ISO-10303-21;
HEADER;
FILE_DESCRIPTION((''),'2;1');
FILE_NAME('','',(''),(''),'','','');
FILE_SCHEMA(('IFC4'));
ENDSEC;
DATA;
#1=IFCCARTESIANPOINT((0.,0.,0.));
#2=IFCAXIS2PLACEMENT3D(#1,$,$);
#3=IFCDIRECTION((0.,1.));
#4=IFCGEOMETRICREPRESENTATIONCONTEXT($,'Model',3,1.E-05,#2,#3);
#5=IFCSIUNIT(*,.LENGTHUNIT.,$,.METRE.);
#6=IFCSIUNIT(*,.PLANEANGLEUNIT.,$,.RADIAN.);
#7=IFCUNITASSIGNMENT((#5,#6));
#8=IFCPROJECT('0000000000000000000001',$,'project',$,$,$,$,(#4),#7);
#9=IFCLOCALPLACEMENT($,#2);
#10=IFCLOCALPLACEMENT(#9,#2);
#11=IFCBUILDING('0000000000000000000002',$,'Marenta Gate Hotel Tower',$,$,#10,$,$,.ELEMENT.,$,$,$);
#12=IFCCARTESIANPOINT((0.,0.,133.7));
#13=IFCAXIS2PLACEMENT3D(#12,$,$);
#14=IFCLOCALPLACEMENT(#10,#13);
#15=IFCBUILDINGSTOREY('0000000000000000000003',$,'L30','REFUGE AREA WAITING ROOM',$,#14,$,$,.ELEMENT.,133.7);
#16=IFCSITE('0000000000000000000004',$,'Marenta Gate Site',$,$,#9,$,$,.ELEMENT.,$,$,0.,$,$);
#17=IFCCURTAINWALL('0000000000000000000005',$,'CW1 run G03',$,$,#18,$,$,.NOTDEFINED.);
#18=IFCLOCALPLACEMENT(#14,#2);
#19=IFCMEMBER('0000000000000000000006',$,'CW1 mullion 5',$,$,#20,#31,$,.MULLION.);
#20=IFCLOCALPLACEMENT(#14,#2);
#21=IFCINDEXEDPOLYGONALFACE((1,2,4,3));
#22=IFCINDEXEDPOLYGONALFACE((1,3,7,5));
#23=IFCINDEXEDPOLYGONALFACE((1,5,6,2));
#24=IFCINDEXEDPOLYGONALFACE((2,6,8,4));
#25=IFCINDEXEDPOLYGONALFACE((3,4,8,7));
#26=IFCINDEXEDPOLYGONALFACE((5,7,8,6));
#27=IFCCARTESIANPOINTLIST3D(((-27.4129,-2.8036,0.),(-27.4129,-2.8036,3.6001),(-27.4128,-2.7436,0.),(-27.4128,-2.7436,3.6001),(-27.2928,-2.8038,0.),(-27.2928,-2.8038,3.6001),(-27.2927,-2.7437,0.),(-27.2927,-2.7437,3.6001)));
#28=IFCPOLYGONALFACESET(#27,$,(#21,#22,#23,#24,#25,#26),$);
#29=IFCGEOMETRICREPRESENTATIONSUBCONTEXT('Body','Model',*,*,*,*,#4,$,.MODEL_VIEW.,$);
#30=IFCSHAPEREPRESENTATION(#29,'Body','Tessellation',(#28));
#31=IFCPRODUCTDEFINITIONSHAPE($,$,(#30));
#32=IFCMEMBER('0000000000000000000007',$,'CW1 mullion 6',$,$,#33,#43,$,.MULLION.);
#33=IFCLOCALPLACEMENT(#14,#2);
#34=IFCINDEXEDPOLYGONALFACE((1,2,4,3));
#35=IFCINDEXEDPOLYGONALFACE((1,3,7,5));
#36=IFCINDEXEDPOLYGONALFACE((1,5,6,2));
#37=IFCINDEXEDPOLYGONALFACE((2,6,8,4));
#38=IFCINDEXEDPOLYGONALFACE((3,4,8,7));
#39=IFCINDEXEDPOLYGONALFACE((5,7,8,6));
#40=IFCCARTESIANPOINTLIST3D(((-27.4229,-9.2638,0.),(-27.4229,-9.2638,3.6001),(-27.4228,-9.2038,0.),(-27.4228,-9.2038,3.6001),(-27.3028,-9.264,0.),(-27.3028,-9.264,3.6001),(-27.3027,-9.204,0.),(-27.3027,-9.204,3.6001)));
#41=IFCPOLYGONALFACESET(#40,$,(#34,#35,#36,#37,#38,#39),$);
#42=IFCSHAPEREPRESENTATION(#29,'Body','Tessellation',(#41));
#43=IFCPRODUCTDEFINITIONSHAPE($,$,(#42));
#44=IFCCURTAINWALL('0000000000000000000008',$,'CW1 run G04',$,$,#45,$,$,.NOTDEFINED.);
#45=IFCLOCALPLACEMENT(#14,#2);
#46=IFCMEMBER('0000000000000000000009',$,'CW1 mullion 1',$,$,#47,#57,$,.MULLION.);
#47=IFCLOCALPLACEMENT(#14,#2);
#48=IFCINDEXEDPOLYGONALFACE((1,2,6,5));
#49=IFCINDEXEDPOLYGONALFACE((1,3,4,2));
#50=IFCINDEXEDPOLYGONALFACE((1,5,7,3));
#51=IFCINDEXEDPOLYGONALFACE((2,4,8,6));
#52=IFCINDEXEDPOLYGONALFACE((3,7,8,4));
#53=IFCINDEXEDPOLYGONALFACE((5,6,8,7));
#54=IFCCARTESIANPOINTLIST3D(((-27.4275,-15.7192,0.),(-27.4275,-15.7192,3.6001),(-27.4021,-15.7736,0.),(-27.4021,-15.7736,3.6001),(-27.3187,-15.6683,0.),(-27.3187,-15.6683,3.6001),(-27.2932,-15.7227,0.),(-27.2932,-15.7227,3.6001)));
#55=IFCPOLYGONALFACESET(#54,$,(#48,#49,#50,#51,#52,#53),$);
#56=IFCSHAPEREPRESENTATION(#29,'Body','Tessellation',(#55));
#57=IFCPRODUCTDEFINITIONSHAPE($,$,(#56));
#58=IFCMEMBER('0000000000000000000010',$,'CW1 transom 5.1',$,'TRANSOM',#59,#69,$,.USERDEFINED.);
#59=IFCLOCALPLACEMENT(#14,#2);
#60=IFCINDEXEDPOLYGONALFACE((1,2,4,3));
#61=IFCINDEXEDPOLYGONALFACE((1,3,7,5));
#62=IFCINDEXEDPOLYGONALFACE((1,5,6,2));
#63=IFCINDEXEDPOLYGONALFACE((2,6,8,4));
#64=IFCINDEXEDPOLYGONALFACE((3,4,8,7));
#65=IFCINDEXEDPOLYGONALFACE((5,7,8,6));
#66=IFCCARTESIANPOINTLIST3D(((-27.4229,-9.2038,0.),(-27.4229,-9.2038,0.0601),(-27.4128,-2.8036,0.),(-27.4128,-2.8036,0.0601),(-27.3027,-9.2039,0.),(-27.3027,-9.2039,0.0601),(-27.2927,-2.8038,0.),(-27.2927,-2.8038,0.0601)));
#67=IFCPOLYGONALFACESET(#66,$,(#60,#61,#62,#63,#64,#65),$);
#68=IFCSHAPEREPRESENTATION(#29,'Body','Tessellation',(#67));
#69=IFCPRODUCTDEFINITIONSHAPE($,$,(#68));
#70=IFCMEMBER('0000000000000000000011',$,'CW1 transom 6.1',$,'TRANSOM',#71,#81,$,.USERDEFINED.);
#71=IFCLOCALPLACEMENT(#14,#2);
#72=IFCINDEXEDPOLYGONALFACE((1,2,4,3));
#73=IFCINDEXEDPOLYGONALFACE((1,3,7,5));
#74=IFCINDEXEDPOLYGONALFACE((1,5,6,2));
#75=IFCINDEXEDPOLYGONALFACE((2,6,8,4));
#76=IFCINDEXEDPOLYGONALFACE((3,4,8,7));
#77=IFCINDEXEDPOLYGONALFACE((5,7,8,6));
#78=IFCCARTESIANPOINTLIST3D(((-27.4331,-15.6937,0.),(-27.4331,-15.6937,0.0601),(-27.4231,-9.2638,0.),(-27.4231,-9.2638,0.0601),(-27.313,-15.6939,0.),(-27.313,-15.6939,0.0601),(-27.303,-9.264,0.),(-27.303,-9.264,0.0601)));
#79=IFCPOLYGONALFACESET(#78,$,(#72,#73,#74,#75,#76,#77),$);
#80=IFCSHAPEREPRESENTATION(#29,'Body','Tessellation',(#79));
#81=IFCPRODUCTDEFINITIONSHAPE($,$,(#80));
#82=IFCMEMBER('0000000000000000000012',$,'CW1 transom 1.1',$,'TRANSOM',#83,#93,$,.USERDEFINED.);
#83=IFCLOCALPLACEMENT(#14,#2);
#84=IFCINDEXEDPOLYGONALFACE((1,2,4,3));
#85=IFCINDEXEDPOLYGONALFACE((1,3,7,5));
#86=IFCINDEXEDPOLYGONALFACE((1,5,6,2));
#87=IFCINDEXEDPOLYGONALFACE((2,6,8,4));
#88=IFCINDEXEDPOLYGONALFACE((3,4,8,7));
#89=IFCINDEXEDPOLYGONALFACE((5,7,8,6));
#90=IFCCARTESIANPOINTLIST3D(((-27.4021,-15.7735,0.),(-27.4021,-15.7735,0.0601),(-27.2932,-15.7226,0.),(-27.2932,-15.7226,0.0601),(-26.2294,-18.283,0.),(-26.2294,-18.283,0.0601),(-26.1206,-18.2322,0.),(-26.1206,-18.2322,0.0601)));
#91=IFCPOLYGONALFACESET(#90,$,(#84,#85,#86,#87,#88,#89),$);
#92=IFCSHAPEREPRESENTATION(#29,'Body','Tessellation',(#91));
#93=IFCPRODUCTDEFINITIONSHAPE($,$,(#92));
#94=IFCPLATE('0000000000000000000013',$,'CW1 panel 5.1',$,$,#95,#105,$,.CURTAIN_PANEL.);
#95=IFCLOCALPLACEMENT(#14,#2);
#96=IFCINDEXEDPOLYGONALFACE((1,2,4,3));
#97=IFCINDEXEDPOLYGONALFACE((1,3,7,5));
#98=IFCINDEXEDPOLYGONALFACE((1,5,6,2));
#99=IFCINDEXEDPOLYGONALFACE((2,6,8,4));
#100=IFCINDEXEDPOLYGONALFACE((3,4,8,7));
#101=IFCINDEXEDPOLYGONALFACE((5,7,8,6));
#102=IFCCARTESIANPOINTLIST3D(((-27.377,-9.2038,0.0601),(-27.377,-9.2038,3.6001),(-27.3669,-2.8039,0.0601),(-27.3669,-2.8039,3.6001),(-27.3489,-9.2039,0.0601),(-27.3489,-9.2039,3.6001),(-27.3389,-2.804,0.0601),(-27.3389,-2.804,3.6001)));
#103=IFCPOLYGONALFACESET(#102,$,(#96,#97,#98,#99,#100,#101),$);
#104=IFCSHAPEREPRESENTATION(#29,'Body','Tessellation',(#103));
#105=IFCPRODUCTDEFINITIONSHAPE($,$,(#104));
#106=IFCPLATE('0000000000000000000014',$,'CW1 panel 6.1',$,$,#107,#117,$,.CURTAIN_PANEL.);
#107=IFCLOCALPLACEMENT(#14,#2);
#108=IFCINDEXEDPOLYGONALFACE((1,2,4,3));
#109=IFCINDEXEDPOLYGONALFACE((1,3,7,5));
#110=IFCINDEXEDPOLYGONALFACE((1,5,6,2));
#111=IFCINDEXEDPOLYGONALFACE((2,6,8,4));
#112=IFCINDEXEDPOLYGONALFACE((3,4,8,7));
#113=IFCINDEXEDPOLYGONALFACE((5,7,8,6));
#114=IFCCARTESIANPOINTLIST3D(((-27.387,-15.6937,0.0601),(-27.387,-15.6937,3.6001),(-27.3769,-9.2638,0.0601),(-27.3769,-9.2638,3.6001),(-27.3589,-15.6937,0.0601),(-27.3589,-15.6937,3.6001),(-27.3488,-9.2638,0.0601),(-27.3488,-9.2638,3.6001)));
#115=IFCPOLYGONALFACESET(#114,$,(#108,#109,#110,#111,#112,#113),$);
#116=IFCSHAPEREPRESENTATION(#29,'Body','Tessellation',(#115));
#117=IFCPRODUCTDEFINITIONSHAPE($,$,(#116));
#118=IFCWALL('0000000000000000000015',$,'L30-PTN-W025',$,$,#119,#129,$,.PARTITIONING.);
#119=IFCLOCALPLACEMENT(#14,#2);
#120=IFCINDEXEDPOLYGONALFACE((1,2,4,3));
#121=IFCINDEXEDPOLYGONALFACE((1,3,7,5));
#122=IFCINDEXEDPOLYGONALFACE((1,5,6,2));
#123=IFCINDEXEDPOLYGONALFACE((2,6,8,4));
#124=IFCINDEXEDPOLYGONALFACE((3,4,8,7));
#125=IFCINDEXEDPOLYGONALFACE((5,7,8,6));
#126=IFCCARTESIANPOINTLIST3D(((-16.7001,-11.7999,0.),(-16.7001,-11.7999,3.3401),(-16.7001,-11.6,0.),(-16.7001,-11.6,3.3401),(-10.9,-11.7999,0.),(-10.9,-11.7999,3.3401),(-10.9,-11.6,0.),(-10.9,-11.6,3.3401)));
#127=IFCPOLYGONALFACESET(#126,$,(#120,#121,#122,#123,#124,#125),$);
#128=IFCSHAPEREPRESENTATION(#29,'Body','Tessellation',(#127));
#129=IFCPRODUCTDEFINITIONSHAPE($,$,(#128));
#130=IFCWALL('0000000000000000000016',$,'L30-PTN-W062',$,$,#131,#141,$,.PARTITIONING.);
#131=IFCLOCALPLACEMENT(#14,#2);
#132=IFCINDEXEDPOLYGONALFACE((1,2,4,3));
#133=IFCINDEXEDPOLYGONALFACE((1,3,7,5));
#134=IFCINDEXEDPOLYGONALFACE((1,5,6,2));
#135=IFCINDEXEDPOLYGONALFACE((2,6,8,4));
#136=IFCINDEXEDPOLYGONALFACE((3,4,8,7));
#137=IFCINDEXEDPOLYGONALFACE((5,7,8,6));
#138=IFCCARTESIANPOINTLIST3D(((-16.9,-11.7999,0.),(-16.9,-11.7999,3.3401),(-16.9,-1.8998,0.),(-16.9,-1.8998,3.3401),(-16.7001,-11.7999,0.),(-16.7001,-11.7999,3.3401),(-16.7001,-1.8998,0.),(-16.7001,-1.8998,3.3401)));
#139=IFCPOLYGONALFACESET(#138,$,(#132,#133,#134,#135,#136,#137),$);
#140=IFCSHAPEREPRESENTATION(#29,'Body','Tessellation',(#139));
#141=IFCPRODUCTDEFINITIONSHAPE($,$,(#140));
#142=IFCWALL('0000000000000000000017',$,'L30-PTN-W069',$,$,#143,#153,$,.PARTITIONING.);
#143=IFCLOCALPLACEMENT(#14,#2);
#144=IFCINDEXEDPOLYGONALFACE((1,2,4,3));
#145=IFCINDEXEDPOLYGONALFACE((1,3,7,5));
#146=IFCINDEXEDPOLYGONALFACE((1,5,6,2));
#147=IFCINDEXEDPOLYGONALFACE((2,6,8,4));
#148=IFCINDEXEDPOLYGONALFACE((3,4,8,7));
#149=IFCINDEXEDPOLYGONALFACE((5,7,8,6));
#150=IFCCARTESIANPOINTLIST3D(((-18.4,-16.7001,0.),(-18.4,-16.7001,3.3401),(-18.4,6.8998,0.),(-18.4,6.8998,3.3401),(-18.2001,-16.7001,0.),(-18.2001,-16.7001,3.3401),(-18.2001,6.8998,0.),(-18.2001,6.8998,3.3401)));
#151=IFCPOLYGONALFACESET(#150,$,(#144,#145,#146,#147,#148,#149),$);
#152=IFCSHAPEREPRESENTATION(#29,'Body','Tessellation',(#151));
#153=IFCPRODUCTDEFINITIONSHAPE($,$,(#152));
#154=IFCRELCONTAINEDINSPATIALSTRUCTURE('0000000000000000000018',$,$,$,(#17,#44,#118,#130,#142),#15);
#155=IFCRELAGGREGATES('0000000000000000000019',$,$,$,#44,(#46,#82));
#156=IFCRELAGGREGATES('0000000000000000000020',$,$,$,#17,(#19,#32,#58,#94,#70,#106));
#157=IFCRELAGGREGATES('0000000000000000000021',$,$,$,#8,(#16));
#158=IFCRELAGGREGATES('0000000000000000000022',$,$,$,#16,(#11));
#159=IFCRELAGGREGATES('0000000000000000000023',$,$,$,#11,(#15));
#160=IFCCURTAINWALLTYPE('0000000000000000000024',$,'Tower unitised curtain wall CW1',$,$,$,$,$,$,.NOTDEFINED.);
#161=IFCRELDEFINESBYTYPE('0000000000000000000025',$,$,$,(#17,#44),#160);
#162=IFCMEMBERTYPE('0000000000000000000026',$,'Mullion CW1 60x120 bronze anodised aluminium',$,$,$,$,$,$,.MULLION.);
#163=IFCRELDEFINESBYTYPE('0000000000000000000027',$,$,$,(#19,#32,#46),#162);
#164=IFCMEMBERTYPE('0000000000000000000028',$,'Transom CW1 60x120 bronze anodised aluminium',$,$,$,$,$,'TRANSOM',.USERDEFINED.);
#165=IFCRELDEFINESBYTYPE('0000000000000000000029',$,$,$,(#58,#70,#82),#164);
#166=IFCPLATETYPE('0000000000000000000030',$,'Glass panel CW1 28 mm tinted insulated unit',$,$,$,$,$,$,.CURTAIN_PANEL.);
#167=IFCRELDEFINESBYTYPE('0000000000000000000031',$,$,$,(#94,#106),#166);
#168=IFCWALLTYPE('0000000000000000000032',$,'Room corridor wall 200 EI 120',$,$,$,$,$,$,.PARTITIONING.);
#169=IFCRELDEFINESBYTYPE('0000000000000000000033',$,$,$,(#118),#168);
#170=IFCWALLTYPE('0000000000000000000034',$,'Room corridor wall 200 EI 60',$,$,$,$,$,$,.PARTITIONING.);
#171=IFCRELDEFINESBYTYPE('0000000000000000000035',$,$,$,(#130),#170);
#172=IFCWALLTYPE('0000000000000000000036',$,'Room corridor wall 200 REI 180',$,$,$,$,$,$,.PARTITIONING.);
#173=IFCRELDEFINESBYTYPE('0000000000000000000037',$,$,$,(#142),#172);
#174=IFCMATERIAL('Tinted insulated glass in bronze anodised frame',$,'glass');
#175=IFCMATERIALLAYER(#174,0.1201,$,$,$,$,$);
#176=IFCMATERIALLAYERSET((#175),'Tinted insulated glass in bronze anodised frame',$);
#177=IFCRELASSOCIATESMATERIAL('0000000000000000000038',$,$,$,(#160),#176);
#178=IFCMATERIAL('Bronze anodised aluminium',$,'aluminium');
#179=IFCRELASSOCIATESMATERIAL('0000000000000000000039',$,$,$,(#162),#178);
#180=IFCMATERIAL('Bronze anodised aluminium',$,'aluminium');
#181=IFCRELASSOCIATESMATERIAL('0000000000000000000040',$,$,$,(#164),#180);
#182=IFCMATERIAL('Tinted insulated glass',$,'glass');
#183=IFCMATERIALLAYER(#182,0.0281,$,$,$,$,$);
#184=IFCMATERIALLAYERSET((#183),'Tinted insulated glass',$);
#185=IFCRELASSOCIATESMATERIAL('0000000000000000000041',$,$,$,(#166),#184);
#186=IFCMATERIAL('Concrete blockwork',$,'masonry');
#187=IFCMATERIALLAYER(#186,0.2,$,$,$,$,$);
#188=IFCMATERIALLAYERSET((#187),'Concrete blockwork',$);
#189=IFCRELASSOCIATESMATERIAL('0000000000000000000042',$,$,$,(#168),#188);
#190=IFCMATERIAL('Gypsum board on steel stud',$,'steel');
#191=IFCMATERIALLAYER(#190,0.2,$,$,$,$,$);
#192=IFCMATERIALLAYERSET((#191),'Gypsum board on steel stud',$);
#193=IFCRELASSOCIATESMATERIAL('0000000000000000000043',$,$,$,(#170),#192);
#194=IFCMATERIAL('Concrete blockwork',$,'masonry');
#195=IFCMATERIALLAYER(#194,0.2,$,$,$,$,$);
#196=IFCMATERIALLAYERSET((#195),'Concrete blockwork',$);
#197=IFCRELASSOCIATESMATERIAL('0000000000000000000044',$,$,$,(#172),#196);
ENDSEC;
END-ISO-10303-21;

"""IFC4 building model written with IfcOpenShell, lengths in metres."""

from ifc_helpers import new_model, si_unit, direction, frame, frame_2d, origin, origin_2d, place, context, subcontext, project, spatial, rectangle, extrude, material, layer, layer_set, material_profile, profile_set, type_object, element, aggregate, save


model = new_model("IFC4")

# Units and contexts
model_context = context("Model", 3, precision=1e-05, world=origin(), true_north=direction((0.0, 1.0)))
body_context = subcontext(model_context, "Body", "Model", "MODEL_VIEW")
ifc_project = project(units=[si_unit("LENGTHUNIT", "METRE"), si_unit("PLANEANGLEUNIT", "RADIAN")], contexts=[model_context])

# Site, building, storey
site_placement = place(None, origin())
site = spatial("IfcSite", under=ifc_project, at=site_placement, Name="Marenta Gate Site", CompositionType="ELEMENT", RefElevation=0.0)
building_placement = place(site_placement, origin())
building = spatial("IfcBuilding", under=site, at=building_placement, Name="Marenta Gate Hotel Tower", CompositionType="ELEMENT")
storey_placement = place(building_placement, frame((0.0, 0.0, 133.7)))
storey = spatial("IfcBuildingStorey", under=building, at=storey_placement, Name="L30", Description="REFUGE AREA WAITING ROOM", CompositionType="ELEMENT", Elevation=133.7)

# Curtain wall, members
ifc_material_1 = material(Name="Tinted insulated glass in bronze anodised frame", Category="glass")
ifc_layer_1 = layer(ifc_material_1, 0.1201)
ifc_layer_set_1 = layer_set([ifc_layer_1], Name="Tinted insulated glass in bronze anodised frame")
curtain_wall_type = type_object("IfcCurtainWallType", Name="Tower unitised curtain wall CW1", PredefinedType="NOTDEFINED", material=ifc_layer_set_1)
curtain_wall_1_placement = place(storey_placement, origin())
curtain_wall_1 = element("IfcCurtainWall", 1, at=curtain_wall_1_placement, inside=storey, type_object=curtain_wall_type, Name="CW1 run G03", PredefinedType="NOTDEFINED")
ifc_material_2 = material(Name="Bronze anodised aluminium", Category="aluminium")
ifc_material_profile_1 = material_profile(ifc_material_2, rectangle(XDim=0.1201, YDim=0.0601, at=origin_2d()), Name="Mullion CW1 60x120 bronze anodised aluminium")
ifc_profile_set_1 = profile_set([ifc_material_profile_1], Name="Bronze anodised aluminium")
member_type_1 = type_object("IfcMemberType", Name="Mullion CW1 60x120 bronze anodised aluminium", PredefinedType="MULLION", material=ifc_profile_set_1)
member_1_placement = place(storey_placement, frame((-27.3528, -2.7737, 0.0), z_axis=(0.0, 0.0, 1.0), x_axis=(0.999999, -0.001566, 0.0)))
member_1 = element("IfcMember", 2, at=member_1_placement, type_object=member_type_1, Name="CW1 mullion 5", PredefinedType="MULLION", context=body_context, shape_type="SweptSolid", body=[
    extrude(rectangle(XDim=0.1201, YDim=0.0601, at=origin_2d()), origin(), (0.0, 0.0, 1.0), 3.6001),
])
member_2_placement = place(storey_placement, frame((-27.3628, -9.2339, 0.0), z_axis=(0.0, 0.0, 1.0), x_axis=(0.999999, -0.001566, 0.0)))
member_2 = element("IfcMember", 3, at=member_2_placement, type_object=member_type_1, Name="CW1 mullion 6", PredefinedType="MULLION", context=body_context, shape_type="SweptSolid", body=[
    extrude(rectangle(XDim=0.1201, YDim=0.0601, at=origin_2d()), origin(), (0.0, 0.0, 1.0), 3.6001),
])

# Curtain wall, member
curtain_wall_2_placement = place(storey_placement, origin())
curtain_wall_2 = element("IfcCurtainWall", 4, at=curtain_wall_2_placement, inside=storey, type_object=curtain_wall_type, Name="CW1 run G04", PredefinedType="NOTDEFINED")
member_3_placement = place(storey_placement, frame((-27.3604, -15.7209, 0.0), z_axis=(0.0, 0.0, 1.0), x_axis=(0.905972, 0.423338, 0.0)))
member_3 = element("IfcMember", 5, at=member_3_placement, type_object=member_type_1, Name="CW1 mullion 1", PredefinedType="MULLION", context=body_context, shape_type="SweptSolid", body=[
    extrude(rectangle(XDim=0.1201, YDim=0.0601, at=origin_2d()), origin(), (0.0, 0.0, 1.0), 3.6001),
])

# Members
ifc_material_3 = material(Name="Bronze anodised aluminium", Category="aluminium")
ifc_material_profile_2 = material_profile(ifc_material_3, rectangle(XDim=0.1201, YDim=0.0601, at=origin_2d()), Name="Transom CW1 60x120 bronze anodised aluminium")
ifc_profile_set_2 = profile_set([ifc_material_profile_2], Name="Bronze anodised aluminium")
member_type_2 = type_object("IfcMemberType", Name="Transom CW1 60x120 bronze anodised aluminium", ElementType="TRANSOM", PredefinedType="USERDEFINED", material=ifc_profile_set_2)
member_4_placement = place(storey_placement, frame((-27.3528, -2.8037, 0.03), z_axis=(-0.001564, -0.999999, 0.0), x_axis=(0.999999, -0.001564, 0.0)))
member_4 = element("IfcMember", 6, at=member_4_placement, type_object=member_type_2, Name="CW1 transom 5.1", ObjectType="TRANSOM", PredefinedType="USERDEFINED", context=body_context, shape_type="SweptSolid", body=[
    extrude(rectangle(XDim=0.1201, YDim=0.0601, at=origin_2d()), origin(), (0.0, 0.0, 1.0), 6.4001),
])
member_5_placement = place(storey_placement, frame((-27.363, -9.2639, 0.03), z_axis=(-0.001557, -0.999999, 0.0), x_axis=(0.999999, -0.001557, 0.0)))
member_5 = element("IfcMember", 7, at=member_5_placement, type_object=member_type_2, Name="CW1 transom 6.1", ObjectType="TRANSOM", PredefinedType="USERDEFINED", context=body_context, shape_type="SweptSolid", body=[
    extrude(rectangle(XDim=0.1201, YDim=0.0601, at=origin_2d()), origin(), (0.0, 0.0, 1.0), 6.4299),
])
member_6_placement = place(storey_placement, frame((-27.3477, -15.748, 0.03), z_axis=(0.423329, -0.905976, 0.0), x_axis=(0.905976, 0.423329, 0.0)))
member_6 = element("IfcMember", 8, at=member_6_placement, type_object=member_type_2, Name="CW1 transom 1.1", ObjectType="TRANSOM", PredefinedType="USERDEFINED", context=body_context, shape_type="SweptSolid", body=[
    extrude(rectangle(XDim=0.1201, YDim=0.0601, at=origin_2d()), origin(), (0.0, 0.0, 1.0), 2.77),
])
aggregate(curtain_wall_2, [member_3, member_6])

# Plates
ifc_material_4 = material(Name="Tinted insulated glass", Category="glass")
ifc_layer_2 = layer(ifc_material_4, 0.0281)
ifc_layer_set_2 = layer_set([ifc_layer_2], Name="Tinted insulated glass")
plate_type = type_object("IfcPlateType", Name="Glass panel CW1 28 mm tinted insulated unit", PredefinedType="CURTAIN_PANEL", material=ifc_layer_set_2)
plate_1_placement = place(storey_placement, frame((-27.3579, -6.0039, 0.0601), z_axis=(0.0, 0.0, 1.0), x_axis=(-0.001566, -0.999999, 0.0)))
plate_1 = element("IfcPlate", 9, at=plate_1_placement, type_object=plate_type, Name="CW1 panel 5.1", PredefinedType="CURTAIN_PANEL", context=body_context, shape_type="SweptSolid", body=[
    extrude(rectangle(XDim=6.3999, YDim=0.0281, at=origin_2d()), origin(), (0.0, 0.0, 1.0), 3.54),
])
plate_2_placement = place(storey_placement, frame((-27.3679, -12.4788, 0.0601), z_axis=(0.0, 0.0, 1.0), x_axis=(-0.001566, -0.999999, 0.0)))
plate_2 = element("IfcPlate", 10, at=plate_2_placement, type_object=plate_type, Name="CW1 panel 6.1", PredefinedType="CURTAIN_PANEL", context=body_context, shape_type="SweptSolid", body=[
    extrude(rectangle(XDim=6.4299, YDim=0.0281, at=origin_2d()), origin(), (0.0, 0.0, 1.0), 3.54),
])
aggregate(curtain_wall_1, [member_1, member_2, member_4, plate_1, member_5, plate_2])

# Wall
ifc_material_5 = material(Name="Concrete blockwork", Category="masonry")
ifc_layer_3 = layer(ifc_material_5, 0.2)
ifc_layer_set_3 = layer_set([ifc_layer_3], Name="Concrete blockwork")
wall_type_1 = type_object("IfcWallType", Name="Room corridor wall 200 EI 120", PredefinedType="PARTITIONING", material=ifc_layer_set_3)
wall_1_placement = place(storey_placement, frame((-16.7, -11.7, 0.0), z_axis=(0.0, 0.0, 1.0), x_axis=(1.0, 0.0, 0.0)))
element("IfcWall", 11, at=wall_1_placement, inside=storey, type_object=wall_type_1, Name="L30-PTN-W025", PredefinedType="PARTITIONING", context=body_context, shape_type="SweptSolid", body=[
    extrude(rectangle(XDim=5.8, YDim=0.2, at=frame_2d((2.8999, 0.0))), origin(), (0.0, 0.0, 1.0), 3.3401),
])

# Shared definitions
ifc_material_6 = material(Name="Gypsum board on steel stud", Category="steel")
ifc_layer_4 = layer(ifc_material_6, 0.2)
ifc_layer_set_4 = layer_set([ifc_layer_4], Name="Gypsum board on steel stud")
wall_type_2 = type_object("IfcWallType", Name="Room corridor wall 200 EI 60", PredefinedType="PARTITIONING", material=ifc_layer_set_4)

# Walls
wall_2_placement = place(storey_placement, frame((-16.8, -11.8, 0.0), z_axis=(0.0, 0.0, 1.0), x_axis=(0.0, 1.0, 0.0)))
element("IfcWall", 12, at=wall_2_placement, inside=storey, type_object=wall_type_2, Name="L30-PTN-W062", PredefinedType="PARTITIONING", context=body_context, shape_type="SweptSolid", body=[
    extrude(rectangle(XDim=9.9001, YDim=0.2, at=frame_2d((4.9502, 0.0))), origin(), (0.0, 0.0, 1.0), 3.3401),
])
ifc_material_7 = material(Name="Concrete blockwork", Category="masonry")
ifc_layer_5 = layer(ifc_material_7, 0.2)
ifc_layer_set_5 = layer_set([ifc_layer_5], Name="Concrete blockwork")
wall_type_3 = type_object("IfcWallType", Name="Room corridor wall 200 REI 180", PredefinedType="PARTITIONING", material=ifc_layer_set_5)
wall_3_placement = place(storey_placement, frame((-18.3, -16.7, 0.0), z_axis=(0.0, 0.0, 1.0), x_axis=(0.0, 1.0, 0.0)))
element("IfcWall", 13, at=wall_3_placement, inside=storey, type_object=wall_type_3, Name="L30-PTN-W069", PredefinedType="PARTITIONING", context=body_context, shape_type="SweptSolid", body=[
    extrude(rectangle(XDim=23.5999, YDim=0.2, at=frame_2d((11.7998, 0.0))), origin(), (0.0, 0.0, 1.0), 3.3401),
])

save(model, "model.ifc")
